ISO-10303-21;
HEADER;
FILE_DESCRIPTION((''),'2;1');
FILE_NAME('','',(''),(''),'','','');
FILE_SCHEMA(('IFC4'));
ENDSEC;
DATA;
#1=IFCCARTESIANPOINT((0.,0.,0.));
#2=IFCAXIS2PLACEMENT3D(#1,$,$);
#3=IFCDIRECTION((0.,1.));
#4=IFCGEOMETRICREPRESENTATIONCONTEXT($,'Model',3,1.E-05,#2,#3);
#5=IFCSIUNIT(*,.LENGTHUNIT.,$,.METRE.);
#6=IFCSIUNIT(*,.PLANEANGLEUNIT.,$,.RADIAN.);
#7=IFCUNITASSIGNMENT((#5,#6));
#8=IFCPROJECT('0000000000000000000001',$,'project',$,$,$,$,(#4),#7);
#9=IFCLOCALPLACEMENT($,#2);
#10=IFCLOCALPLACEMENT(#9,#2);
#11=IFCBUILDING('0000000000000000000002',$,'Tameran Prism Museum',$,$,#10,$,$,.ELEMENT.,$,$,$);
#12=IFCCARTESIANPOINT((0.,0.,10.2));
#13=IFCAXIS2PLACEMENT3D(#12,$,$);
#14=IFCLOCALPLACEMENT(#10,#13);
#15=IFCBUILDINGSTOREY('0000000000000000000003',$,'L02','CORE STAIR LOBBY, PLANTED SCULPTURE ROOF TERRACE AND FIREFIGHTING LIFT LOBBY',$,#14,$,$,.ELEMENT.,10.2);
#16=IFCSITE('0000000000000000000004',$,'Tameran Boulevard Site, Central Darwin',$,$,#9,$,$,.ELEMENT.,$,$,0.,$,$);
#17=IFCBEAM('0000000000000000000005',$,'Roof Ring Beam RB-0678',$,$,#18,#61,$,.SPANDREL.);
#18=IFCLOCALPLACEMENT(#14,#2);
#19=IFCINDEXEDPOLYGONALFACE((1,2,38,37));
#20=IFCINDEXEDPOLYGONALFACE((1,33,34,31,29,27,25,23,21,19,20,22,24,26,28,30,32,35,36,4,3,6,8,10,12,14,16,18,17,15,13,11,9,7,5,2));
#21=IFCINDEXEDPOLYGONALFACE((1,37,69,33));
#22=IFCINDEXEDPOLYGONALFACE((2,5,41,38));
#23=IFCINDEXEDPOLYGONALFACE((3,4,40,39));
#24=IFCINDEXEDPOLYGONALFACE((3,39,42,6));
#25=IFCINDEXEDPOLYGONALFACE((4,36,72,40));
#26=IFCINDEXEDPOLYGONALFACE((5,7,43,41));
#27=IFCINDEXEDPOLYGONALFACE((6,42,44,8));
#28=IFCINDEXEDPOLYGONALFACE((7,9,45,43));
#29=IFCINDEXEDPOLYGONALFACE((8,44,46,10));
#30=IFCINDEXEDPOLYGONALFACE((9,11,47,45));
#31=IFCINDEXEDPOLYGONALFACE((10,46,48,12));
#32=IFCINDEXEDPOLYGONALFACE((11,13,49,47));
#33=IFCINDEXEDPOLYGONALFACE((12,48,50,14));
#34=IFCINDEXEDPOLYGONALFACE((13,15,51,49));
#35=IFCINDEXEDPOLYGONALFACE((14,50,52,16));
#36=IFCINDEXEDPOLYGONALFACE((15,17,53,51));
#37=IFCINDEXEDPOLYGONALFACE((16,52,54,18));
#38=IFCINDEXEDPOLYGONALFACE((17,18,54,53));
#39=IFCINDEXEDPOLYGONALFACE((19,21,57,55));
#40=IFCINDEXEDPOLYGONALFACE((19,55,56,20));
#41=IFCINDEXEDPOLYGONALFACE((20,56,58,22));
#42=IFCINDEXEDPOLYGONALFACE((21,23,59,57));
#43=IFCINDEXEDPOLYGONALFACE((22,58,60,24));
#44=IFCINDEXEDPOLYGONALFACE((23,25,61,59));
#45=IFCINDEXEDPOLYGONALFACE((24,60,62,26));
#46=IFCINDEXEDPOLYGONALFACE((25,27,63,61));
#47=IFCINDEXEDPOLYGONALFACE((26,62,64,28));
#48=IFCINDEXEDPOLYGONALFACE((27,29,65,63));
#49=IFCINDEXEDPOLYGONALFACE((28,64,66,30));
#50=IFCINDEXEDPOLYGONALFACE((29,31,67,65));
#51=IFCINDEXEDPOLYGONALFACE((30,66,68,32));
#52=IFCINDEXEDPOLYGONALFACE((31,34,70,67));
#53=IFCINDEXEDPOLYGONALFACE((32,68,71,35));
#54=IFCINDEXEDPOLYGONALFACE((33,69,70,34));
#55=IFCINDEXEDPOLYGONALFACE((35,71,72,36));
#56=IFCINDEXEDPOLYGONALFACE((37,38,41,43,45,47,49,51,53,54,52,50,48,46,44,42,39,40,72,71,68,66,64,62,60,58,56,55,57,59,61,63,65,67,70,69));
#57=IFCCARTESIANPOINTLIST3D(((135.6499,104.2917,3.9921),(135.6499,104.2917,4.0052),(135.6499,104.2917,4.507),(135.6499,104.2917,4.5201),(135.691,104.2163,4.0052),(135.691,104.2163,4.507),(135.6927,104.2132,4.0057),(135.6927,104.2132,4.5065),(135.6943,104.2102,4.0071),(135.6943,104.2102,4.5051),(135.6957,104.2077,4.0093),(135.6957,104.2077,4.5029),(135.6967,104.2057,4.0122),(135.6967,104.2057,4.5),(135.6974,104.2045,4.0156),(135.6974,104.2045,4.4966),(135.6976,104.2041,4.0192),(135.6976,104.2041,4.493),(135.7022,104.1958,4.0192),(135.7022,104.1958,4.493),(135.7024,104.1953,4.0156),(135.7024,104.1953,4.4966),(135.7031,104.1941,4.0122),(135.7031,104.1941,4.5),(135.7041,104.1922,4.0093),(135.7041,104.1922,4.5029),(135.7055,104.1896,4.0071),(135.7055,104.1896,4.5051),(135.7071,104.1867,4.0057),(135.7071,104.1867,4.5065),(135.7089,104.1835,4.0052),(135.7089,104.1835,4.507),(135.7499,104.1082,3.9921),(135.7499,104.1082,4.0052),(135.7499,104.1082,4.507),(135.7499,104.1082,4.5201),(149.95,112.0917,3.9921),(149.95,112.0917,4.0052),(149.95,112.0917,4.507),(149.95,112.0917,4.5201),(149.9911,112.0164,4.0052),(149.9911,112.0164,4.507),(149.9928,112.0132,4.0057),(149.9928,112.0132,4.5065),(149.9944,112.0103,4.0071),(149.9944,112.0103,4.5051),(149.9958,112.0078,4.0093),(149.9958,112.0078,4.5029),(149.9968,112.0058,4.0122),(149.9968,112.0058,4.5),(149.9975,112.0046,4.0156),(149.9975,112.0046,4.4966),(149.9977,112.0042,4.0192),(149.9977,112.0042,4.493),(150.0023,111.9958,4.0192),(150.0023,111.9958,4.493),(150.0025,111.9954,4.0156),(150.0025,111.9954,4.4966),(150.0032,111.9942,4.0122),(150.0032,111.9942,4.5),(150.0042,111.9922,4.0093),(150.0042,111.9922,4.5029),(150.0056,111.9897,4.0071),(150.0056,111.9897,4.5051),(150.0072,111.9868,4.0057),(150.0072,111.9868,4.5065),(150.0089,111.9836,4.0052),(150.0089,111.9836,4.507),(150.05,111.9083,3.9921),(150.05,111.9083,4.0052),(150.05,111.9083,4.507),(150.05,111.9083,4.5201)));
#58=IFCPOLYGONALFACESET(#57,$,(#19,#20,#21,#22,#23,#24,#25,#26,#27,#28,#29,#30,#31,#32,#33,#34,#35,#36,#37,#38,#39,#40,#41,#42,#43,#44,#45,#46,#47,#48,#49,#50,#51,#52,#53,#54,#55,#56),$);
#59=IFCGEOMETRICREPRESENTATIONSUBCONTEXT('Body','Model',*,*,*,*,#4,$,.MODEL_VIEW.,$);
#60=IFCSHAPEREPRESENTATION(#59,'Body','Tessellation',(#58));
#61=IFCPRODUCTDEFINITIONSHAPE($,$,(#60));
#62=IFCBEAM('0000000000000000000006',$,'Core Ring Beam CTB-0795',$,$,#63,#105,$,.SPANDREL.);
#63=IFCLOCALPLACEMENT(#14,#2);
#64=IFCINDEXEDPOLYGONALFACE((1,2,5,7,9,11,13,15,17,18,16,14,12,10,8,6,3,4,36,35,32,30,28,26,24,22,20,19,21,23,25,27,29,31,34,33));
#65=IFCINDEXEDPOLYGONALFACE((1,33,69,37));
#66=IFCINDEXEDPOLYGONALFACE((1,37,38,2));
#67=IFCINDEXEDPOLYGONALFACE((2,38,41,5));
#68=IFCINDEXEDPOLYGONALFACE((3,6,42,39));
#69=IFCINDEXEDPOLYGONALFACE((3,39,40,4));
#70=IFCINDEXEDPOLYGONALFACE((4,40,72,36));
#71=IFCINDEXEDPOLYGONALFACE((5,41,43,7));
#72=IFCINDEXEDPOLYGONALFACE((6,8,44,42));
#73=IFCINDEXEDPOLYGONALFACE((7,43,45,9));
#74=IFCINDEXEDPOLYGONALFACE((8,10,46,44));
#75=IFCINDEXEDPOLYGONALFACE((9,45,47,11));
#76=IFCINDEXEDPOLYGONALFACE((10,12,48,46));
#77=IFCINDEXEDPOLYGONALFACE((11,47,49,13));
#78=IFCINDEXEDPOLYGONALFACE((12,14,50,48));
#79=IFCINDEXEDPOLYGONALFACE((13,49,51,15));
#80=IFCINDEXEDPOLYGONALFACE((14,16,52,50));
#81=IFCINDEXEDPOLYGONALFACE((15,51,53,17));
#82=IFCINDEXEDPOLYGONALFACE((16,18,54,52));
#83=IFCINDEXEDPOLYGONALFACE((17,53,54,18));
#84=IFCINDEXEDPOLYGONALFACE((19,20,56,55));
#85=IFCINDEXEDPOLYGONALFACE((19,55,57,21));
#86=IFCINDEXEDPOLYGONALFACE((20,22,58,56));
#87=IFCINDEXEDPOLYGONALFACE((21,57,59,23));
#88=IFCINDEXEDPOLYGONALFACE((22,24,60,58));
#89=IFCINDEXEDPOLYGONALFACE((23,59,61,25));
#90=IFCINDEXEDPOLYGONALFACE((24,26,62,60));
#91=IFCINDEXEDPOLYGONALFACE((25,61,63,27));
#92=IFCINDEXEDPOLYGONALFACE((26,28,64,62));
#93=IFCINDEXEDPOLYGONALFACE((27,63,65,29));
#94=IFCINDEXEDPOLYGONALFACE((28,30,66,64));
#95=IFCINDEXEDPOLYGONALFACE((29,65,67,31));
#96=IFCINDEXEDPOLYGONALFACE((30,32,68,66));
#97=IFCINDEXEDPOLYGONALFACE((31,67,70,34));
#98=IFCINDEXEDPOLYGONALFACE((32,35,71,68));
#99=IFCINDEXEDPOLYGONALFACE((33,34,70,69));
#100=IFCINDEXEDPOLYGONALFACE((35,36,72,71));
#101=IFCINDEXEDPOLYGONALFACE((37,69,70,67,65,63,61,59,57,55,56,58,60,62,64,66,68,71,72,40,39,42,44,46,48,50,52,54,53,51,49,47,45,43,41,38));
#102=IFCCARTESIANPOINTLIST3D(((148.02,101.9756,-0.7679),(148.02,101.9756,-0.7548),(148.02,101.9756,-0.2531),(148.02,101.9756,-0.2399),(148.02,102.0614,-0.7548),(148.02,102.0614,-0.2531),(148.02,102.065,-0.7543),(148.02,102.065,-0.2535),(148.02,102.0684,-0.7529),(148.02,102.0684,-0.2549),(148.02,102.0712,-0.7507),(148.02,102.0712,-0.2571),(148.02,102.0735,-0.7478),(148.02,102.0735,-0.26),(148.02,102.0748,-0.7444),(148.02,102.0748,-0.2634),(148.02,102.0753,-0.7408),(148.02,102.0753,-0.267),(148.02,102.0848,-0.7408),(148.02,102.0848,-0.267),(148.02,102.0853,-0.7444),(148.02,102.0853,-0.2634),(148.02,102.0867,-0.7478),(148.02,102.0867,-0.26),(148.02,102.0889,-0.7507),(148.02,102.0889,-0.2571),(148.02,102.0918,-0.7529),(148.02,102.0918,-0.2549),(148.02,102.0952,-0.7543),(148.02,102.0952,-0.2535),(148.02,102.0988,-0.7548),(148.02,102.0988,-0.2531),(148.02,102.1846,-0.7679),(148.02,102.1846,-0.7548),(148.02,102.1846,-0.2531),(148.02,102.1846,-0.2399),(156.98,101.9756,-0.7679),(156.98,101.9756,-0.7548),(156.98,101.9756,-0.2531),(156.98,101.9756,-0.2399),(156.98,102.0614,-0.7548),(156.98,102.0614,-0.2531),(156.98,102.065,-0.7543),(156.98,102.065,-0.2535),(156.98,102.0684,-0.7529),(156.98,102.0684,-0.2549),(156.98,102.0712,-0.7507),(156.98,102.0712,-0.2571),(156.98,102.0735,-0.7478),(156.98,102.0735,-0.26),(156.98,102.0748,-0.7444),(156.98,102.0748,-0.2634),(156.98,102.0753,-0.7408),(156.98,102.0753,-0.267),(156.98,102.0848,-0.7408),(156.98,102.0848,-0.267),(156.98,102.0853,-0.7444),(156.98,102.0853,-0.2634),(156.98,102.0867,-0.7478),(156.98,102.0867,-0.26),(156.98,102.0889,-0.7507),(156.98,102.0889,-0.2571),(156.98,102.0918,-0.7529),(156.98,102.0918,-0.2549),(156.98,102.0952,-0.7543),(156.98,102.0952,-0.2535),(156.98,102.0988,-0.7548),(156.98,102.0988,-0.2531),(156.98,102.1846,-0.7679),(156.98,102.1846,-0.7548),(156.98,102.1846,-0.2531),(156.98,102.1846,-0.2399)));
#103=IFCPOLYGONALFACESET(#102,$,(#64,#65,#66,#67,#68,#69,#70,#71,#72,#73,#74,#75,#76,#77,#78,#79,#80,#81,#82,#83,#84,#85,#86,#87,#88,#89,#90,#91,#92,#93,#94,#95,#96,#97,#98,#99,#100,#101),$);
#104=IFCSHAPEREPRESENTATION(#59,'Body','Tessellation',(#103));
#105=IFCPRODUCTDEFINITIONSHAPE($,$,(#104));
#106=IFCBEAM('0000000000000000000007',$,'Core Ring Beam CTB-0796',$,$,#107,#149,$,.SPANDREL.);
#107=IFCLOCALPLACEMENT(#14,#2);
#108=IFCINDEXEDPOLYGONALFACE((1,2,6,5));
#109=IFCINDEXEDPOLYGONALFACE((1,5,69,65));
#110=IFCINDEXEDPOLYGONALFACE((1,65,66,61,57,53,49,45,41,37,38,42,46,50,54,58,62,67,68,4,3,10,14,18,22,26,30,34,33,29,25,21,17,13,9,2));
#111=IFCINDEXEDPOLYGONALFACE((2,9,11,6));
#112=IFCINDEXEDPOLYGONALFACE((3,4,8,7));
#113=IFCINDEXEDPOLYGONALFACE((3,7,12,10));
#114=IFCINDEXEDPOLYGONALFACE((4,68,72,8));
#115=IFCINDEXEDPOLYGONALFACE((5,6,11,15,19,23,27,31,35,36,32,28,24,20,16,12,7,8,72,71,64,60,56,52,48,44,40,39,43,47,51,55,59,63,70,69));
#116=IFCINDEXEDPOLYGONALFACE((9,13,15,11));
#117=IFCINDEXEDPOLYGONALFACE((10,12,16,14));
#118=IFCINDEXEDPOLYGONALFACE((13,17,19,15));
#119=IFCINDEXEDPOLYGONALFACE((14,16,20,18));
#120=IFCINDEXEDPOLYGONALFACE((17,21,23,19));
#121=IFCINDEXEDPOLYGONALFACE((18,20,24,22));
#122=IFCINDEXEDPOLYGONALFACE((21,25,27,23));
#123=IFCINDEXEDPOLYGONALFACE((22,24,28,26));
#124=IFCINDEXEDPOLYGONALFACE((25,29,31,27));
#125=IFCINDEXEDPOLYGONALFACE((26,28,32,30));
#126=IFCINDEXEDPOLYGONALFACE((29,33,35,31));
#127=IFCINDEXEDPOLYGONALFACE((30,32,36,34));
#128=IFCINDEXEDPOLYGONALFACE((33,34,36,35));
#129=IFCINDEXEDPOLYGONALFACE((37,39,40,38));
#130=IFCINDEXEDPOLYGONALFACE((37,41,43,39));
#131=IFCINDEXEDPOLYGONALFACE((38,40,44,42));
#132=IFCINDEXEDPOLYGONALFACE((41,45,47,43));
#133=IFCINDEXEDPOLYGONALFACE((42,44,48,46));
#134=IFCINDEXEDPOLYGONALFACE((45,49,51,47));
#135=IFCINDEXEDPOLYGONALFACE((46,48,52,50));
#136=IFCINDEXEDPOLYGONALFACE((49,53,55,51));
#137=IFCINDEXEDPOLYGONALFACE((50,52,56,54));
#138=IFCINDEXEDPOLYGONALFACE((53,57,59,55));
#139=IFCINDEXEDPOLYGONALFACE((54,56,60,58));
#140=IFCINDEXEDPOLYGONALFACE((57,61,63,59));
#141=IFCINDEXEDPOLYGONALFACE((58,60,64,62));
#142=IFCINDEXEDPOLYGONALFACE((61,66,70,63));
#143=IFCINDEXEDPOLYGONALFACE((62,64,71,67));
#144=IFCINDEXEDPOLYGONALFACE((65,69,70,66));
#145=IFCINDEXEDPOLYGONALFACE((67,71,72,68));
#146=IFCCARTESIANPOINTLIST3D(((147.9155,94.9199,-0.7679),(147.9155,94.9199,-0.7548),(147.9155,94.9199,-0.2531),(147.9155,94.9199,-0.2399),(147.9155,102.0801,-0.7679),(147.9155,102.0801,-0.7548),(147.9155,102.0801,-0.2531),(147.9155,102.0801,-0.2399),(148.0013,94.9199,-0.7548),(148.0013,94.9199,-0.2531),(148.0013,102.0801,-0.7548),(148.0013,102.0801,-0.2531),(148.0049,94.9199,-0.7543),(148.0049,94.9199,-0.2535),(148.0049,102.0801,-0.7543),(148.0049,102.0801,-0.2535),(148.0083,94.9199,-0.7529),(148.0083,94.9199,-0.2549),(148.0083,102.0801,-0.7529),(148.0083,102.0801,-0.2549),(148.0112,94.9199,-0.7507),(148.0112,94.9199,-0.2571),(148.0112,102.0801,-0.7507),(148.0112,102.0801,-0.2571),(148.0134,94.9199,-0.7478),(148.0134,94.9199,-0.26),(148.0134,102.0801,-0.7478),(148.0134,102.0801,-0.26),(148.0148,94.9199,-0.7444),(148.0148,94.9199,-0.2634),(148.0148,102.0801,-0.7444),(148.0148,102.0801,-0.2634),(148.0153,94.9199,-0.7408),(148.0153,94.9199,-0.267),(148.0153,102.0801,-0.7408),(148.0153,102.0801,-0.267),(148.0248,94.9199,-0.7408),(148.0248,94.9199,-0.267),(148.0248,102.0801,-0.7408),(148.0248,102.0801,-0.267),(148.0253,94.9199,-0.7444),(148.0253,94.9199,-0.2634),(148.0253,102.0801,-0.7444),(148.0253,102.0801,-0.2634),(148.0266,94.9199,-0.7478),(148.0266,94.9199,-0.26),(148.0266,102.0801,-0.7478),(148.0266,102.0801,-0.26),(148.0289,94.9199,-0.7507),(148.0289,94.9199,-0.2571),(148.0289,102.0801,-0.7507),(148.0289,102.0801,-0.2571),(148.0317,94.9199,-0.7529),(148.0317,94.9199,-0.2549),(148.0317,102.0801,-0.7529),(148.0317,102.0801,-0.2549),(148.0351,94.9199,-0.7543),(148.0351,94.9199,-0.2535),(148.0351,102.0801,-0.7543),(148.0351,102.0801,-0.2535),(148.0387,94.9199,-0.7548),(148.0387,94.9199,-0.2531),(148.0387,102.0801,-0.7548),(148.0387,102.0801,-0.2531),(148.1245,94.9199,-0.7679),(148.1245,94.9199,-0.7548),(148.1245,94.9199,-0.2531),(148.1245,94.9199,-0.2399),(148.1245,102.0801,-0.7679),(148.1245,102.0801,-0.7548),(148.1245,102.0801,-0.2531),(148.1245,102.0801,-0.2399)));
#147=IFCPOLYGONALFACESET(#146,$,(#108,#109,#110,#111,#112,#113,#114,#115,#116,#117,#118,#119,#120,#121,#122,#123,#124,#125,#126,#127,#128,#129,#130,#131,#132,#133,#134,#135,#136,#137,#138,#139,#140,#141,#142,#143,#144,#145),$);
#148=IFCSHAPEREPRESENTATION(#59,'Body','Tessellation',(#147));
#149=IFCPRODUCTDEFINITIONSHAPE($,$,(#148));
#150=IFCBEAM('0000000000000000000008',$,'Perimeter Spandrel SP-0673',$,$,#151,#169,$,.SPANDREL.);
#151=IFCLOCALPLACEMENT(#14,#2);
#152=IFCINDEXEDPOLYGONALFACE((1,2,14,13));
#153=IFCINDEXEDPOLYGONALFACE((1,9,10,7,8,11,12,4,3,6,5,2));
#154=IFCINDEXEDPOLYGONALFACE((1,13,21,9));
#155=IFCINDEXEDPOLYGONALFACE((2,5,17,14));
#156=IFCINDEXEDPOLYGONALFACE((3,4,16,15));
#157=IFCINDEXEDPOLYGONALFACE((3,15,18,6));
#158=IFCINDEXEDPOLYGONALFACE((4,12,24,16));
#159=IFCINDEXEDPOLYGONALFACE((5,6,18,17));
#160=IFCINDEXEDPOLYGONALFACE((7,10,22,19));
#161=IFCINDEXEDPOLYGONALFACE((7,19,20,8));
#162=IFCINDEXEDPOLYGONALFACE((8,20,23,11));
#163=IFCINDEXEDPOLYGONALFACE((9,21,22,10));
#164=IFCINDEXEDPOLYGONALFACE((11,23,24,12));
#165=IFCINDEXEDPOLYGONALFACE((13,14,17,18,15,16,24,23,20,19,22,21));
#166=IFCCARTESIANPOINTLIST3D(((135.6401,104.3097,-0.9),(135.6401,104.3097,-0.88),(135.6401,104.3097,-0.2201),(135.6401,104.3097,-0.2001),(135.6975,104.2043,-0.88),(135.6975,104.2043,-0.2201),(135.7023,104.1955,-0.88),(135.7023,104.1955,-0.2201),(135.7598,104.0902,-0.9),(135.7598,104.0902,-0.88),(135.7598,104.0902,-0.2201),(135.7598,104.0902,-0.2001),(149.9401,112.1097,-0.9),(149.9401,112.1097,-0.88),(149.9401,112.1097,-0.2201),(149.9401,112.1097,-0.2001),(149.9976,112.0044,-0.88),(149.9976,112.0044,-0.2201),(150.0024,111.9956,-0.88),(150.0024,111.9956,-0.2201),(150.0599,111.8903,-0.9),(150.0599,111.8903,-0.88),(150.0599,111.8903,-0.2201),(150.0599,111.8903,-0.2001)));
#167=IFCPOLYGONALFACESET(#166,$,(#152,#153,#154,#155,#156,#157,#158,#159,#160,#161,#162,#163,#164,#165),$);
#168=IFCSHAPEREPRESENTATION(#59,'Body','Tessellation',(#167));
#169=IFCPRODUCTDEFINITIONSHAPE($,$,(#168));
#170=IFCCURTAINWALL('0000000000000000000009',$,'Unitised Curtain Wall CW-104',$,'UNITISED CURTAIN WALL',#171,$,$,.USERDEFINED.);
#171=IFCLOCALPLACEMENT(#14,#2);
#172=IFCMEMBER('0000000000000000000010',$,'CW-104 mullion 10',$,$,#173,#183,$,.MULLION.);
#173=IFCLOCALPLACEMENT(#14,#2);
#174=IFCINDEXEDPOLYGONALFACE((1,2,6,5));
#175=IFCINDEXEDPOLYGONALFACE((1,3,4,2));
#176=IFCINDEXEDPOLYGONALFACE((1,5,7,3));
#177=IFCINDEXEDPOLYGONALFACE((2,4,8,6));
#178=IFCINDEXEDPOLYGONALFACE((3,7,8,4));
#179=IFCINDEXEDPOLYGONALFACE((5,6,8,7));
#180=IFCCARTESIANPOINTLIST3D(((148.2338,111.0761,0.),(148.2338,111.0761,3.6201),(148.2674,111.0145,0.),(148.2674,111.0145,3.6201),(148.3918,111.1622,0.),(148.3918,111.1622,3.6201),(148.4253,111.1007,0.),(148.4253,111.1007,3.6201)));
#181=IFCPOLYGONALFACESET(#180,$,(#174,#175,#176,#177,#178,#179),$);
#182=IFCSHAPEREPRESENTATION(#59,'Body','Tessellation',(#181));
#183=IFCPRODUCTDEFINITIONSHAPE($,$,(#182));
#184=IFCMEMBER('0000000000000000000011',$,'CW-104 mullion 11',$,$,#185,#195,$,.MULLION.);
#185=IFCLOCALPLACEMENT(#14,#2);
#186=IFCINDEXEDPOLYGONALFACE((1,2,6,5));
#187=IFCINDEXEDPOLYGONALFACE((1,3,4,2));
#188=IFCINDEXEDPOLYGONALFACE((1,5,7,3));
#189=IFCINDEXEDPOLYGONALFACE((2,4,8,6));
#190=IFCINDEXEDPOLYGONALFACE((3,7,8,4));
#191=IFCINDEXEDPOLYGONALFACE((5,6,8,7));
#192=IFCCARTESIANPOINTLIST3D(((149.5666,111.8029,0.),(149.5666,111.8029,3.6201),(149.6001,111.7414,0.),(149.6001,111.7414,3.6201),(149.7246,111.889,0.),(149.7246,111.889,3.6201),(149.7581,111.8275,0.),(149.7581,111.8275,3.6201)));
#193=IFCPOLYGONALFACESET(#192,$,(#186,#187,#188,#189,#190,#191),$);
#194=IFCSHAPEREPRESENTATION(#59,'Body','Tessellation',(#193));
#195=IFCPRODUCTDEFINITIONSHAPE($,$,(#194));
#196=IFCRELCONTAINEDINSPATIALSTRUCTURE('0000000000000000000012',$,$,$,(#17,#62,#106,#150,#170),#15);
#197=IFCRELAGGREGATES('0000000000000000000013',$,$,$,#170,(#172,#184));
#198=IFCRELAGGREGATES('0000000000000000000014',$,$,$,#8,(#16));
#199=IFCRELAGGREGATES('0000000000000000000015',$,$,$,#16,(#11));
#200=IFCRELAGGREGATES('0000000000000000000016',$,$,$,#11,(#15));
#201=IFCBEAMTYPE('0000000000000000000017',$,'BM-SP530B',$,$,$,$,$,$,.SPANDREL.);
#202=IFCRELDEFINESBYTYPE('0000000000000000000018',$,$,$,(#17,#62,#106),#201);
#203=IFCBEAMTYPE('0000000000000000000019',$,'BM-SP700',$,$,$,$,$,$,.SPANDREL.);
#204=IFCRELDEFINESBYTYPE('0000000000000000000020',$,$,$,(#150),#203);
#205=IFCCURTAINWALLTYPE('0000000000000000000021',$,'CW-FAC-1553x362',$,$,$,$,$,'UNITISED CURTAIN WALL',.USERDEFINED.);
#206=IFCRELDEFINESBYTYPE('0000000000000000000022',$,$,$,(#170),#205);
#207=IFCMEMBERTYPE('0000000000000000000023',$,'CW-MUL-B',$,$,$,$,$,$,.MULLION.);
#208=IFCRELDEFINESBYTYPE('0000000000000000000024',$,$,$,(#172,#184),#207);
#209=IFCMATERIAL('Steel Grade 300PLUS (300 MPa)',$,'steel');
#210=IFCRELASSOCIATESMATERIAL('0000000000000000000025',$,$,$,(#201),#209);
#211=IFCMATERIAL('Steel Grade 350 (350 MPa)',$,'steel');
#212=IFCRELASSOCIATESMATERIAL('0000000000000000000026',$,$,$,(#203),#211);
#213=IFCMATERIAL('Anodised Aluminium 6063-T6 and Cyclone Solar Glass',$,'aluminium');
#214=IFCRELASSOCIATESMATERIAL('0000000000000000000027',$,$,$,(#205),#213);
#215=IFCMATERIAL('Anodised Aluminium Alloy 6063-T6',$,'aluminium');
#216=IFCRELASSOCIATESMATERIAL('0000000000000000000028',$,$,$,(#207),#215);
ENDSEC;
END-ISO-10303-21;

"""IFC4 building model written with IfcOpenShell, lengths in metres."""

from ifc_helpers import new_model, si_unit, direction, frame, origin, origin_2d, place, context, subcontext, project, spatial, rectangle, i_section, extrude, material, material_profile, profile_set, type_object, element, aggregate, save


model = new_model("IFC4")

# Units and contexts
model_context = context("Model", 3, precision=1e-05, world=origin(), true_north=direction((0.0, 1.0)))
body_context = subcontext(model_context, "Body", "Model", "MODEL_VIEW")
ifc_project = project(units=[si_unit("LENGTHUNIT", "METRE"), si_unit("PLANEANGLEUNIT", "RADIAN")], contexts=[model_context])

# Site, building, storey
site_placement = place(None, origin())
site = spatial("IfcSite", under=ifc_project, at=site_placement, Name="Tameran Boulevard Site, Central Darwin", CompositionType="ELEMENT", RefElevation=0.0)
building_placement = place(site_placement, origin())
building = spatial("IfcBuilding", under=site, at=building_placement, Name="Tameran Prism Museum", CompositionType="ELEMENT")
storey_placement = place(building_placement, frame((0.0, 0.0, 10.2)))
storey = spatial("IfcBuildingStorey", under=building, at=storey_placement, Name="L02", Description="CORE STAIR LOBBY, PLANTED SCULPTURE ROOF TERRACE AND FIREFIGHTING LIFT LOBBY", CompositionType="ELEMENT", Elevation=10.2)

# Beams
ifc_material_1 = material(Name="Steel Grade 300PLUS (300 MPa)", Category="steel")
ifc_material_profile_1 = material_profile(ifc_material_1, i_section(OverallWidth=0.209, OverallDepth=0.5281, WebThickness=0.0095, FlangeThickness=0.0132, FilletRadius=0.0139, at=origin_2d()))
ifc_profile_set_1 = profile_set([ifc_material_profile_1])
beam_type_1 = type_object("IfcBeamType", Name="BM-SP530B", PredefinedType="SPANDREL", material=ifc_profile_set_1)
beam_1_placement = place(storey_placement, frame((150.0, 112.0, 4.2561), z_axis=(-0.877895, -0.478853, 0.0), x_axis=(0.478853, -0.877895, 0.0)))
element("IfcBeam", 1, at=beam_1_placement, inside=storey, type_object=beam_type_1, Name="Roof Ring Beam RB-0678", PredefinedType="SPANDREL", context=body_context, shape_type="SweptSolid", body=[
    extrude(i_section(OverallWidth=0.209, OverallDepth=0.5281, WebThickness=0.0095, FlangeThickness=0.0132, FilletRadius=0.0139, at=origin_2d()), origin(), (0.0, 0.0, 1.0), 16.2891),
])
beam_2_placement = place(storey_placement, frame((156.98, 102.0801, -0.5039), z_axis=(-1.0, 0.0, 0.0), x_axis=(0.0, -1.0, 0.0)))
element("IfcBeam", 2, at=beam_2_placement, inside=storey, type_object=beam_type_1, Name="Core Ring Beam CTB-0795", PredefinedType="SPANDREL", context=body_context, shape_type="SweptSolid", body=[
    extrude(i_section(OverallWidth=0.209, OverallDepth=0.5281, WebThickness=0.0095, FlangeThickness=0.0132, FilletRadius=0.0139, at=origin_2d()), origin(), (0.0, 0.0, 1.0), 8.96),
])
beam_3_placement = place(storey_placement, frame((148.02, 102.0801, -0.5039), z_axis=(0.0, -1.0, 0.0), x_axis=(1.0, 0.0, 0.0)))
element("IfcBeam", 3, at=beam_3_placement, inside=storey, type_object=beam_type_1, Name="Core Ring Beam CTB-0796", PredefinedType="SPANDREL", context=body_context, shape_type="SweptSolid", body=[
    extrude(i_section(OverallWidth=0.209, OverallDepth=0.5281, WebThickness=0.0095, FlangeThickness=0.0132, FilletRadius=0.0139, at=origin_2d()), origin(), (0.0, 0.0, 1.0), 7.1602),
])
ifc_material_2 = material(Name="Steel Grade 350 (350 MPa)", Category="steel")
ifc_material_profile_2 = material_profile(ifc_material_2, i_section(OverallWidth=0.25, OverallDepth=0.7, WebThickness=0.01, FlangeThickness=0.02, at=origin_2d()))
ifc_profile_set_2 = profile_set([ifc_material_profile_2])
beam_type_2 = type_object("IfcBeamType", Name="BM-SP700", PredefinedType="SPANDREL", material=ifc_profile_set_2)
beam_4_placement = place(storey_placement, frame((150.0, 112.0, -0.55), z_axis=(-0.877895, -0.478853, 0.0), x_axis=(0.478853, -0.877895, 0.0)))
element("IfcBeam", 4, at=beam_4_placement, inside=storey, type_object=beam_type_2, Name="Perimeter Spandrel SP-0673", PredefinedType="SPANDREL", context=body_context, shape_type="SweptSolid", body=[
    extrude(i_section(OverallWidth=0.25, OverallDepth=0.7, WebThickness=0.01, FlangeThickness=0.02, at=origin_2d()), origin(), (0.0, 0.0, 1.0), 16.2891),
])

# Curtain wall, members
ifc_material_3 = material(Name="Anodised Aluminium 6063-T6 and Cyclone Solar Glass", Category="aluminium")
curtain_wall_type = type_object("IfcCurtainWallType", Name="CW-FAC-1553x362", ElementType="UNITISED CURTAIN WALL", PredefinedType="USERDEFINED", material=ifc_material_3)
curtain_wall_placement = place(storey_placement, origin())
curtain_wall = element("IfcCurtainWall", 5, at=curtain_wall_placement, inside=storey, type_object=curtain_wall_type, Name="Unitised Curtain Wall CW-104", ObjectType="UNITISED CURTAIN WALL", PredefinedType="USERDEFINED")
ifc_material_4 = material(Name="Anodised Aluminium Alloy 6063-T6", Category="aluminium")
ifc_material_profile_3 = material_profile(ifc_material_4, rectangle(XDim=0.0701, YDim=0.1799, at=origin_2d()))
ifc_profile_set_3 = profile_set([ifc_material_profile_3])
member_type_1 = type_object("IfcMemberType", Name="CW-MUL-B", PredefinedType="MULLION", material=ifc_profile_set_3)
member_1_placement = place(storey_placement, frame((148.3296, 111.0884, 0.0), z_axis=(0.0, 0.0, 1.0), x_axis=(-0.478793, 0.877928, 0.0)))
member_1 = element("IfcMember", 6, at=member_1_placement, type_object=member_type_1, Name="CW-104 mullion 10", PredefinedType="MULLION", context=body_context, shape_type="SweptSolid", body=[
    extrude(rectangle(XDim=0.0701, YDim=0.1799, at=origin_2d()), origin(), (0.0, 0.0, 1.0), 3.6201),
])
member_2_placement = place(storey_placement, frame((149.6624, 111.8152, 0.0), z_axis=(0.0, 0.0, 1.0), x_axis=(-0.478793, 0.877928, 0.0)))
member_2 = element("IfcMember", 7, at=member_2_placement, type_object=member_type_1, Name="CW-104 mullion 11", PredefinedType="MULLION", context=body_context, shape_type="SweptSolid", body=[
    extrude(rectangle(XDim=0.0701, YDim=0.1799, at=origin_2d()), origin(), (0.0, 0.0, 1.0), 3.6201),
])
aggregate(curtain_wall, [member_1, member_2])

save(model, "model.ifc")
